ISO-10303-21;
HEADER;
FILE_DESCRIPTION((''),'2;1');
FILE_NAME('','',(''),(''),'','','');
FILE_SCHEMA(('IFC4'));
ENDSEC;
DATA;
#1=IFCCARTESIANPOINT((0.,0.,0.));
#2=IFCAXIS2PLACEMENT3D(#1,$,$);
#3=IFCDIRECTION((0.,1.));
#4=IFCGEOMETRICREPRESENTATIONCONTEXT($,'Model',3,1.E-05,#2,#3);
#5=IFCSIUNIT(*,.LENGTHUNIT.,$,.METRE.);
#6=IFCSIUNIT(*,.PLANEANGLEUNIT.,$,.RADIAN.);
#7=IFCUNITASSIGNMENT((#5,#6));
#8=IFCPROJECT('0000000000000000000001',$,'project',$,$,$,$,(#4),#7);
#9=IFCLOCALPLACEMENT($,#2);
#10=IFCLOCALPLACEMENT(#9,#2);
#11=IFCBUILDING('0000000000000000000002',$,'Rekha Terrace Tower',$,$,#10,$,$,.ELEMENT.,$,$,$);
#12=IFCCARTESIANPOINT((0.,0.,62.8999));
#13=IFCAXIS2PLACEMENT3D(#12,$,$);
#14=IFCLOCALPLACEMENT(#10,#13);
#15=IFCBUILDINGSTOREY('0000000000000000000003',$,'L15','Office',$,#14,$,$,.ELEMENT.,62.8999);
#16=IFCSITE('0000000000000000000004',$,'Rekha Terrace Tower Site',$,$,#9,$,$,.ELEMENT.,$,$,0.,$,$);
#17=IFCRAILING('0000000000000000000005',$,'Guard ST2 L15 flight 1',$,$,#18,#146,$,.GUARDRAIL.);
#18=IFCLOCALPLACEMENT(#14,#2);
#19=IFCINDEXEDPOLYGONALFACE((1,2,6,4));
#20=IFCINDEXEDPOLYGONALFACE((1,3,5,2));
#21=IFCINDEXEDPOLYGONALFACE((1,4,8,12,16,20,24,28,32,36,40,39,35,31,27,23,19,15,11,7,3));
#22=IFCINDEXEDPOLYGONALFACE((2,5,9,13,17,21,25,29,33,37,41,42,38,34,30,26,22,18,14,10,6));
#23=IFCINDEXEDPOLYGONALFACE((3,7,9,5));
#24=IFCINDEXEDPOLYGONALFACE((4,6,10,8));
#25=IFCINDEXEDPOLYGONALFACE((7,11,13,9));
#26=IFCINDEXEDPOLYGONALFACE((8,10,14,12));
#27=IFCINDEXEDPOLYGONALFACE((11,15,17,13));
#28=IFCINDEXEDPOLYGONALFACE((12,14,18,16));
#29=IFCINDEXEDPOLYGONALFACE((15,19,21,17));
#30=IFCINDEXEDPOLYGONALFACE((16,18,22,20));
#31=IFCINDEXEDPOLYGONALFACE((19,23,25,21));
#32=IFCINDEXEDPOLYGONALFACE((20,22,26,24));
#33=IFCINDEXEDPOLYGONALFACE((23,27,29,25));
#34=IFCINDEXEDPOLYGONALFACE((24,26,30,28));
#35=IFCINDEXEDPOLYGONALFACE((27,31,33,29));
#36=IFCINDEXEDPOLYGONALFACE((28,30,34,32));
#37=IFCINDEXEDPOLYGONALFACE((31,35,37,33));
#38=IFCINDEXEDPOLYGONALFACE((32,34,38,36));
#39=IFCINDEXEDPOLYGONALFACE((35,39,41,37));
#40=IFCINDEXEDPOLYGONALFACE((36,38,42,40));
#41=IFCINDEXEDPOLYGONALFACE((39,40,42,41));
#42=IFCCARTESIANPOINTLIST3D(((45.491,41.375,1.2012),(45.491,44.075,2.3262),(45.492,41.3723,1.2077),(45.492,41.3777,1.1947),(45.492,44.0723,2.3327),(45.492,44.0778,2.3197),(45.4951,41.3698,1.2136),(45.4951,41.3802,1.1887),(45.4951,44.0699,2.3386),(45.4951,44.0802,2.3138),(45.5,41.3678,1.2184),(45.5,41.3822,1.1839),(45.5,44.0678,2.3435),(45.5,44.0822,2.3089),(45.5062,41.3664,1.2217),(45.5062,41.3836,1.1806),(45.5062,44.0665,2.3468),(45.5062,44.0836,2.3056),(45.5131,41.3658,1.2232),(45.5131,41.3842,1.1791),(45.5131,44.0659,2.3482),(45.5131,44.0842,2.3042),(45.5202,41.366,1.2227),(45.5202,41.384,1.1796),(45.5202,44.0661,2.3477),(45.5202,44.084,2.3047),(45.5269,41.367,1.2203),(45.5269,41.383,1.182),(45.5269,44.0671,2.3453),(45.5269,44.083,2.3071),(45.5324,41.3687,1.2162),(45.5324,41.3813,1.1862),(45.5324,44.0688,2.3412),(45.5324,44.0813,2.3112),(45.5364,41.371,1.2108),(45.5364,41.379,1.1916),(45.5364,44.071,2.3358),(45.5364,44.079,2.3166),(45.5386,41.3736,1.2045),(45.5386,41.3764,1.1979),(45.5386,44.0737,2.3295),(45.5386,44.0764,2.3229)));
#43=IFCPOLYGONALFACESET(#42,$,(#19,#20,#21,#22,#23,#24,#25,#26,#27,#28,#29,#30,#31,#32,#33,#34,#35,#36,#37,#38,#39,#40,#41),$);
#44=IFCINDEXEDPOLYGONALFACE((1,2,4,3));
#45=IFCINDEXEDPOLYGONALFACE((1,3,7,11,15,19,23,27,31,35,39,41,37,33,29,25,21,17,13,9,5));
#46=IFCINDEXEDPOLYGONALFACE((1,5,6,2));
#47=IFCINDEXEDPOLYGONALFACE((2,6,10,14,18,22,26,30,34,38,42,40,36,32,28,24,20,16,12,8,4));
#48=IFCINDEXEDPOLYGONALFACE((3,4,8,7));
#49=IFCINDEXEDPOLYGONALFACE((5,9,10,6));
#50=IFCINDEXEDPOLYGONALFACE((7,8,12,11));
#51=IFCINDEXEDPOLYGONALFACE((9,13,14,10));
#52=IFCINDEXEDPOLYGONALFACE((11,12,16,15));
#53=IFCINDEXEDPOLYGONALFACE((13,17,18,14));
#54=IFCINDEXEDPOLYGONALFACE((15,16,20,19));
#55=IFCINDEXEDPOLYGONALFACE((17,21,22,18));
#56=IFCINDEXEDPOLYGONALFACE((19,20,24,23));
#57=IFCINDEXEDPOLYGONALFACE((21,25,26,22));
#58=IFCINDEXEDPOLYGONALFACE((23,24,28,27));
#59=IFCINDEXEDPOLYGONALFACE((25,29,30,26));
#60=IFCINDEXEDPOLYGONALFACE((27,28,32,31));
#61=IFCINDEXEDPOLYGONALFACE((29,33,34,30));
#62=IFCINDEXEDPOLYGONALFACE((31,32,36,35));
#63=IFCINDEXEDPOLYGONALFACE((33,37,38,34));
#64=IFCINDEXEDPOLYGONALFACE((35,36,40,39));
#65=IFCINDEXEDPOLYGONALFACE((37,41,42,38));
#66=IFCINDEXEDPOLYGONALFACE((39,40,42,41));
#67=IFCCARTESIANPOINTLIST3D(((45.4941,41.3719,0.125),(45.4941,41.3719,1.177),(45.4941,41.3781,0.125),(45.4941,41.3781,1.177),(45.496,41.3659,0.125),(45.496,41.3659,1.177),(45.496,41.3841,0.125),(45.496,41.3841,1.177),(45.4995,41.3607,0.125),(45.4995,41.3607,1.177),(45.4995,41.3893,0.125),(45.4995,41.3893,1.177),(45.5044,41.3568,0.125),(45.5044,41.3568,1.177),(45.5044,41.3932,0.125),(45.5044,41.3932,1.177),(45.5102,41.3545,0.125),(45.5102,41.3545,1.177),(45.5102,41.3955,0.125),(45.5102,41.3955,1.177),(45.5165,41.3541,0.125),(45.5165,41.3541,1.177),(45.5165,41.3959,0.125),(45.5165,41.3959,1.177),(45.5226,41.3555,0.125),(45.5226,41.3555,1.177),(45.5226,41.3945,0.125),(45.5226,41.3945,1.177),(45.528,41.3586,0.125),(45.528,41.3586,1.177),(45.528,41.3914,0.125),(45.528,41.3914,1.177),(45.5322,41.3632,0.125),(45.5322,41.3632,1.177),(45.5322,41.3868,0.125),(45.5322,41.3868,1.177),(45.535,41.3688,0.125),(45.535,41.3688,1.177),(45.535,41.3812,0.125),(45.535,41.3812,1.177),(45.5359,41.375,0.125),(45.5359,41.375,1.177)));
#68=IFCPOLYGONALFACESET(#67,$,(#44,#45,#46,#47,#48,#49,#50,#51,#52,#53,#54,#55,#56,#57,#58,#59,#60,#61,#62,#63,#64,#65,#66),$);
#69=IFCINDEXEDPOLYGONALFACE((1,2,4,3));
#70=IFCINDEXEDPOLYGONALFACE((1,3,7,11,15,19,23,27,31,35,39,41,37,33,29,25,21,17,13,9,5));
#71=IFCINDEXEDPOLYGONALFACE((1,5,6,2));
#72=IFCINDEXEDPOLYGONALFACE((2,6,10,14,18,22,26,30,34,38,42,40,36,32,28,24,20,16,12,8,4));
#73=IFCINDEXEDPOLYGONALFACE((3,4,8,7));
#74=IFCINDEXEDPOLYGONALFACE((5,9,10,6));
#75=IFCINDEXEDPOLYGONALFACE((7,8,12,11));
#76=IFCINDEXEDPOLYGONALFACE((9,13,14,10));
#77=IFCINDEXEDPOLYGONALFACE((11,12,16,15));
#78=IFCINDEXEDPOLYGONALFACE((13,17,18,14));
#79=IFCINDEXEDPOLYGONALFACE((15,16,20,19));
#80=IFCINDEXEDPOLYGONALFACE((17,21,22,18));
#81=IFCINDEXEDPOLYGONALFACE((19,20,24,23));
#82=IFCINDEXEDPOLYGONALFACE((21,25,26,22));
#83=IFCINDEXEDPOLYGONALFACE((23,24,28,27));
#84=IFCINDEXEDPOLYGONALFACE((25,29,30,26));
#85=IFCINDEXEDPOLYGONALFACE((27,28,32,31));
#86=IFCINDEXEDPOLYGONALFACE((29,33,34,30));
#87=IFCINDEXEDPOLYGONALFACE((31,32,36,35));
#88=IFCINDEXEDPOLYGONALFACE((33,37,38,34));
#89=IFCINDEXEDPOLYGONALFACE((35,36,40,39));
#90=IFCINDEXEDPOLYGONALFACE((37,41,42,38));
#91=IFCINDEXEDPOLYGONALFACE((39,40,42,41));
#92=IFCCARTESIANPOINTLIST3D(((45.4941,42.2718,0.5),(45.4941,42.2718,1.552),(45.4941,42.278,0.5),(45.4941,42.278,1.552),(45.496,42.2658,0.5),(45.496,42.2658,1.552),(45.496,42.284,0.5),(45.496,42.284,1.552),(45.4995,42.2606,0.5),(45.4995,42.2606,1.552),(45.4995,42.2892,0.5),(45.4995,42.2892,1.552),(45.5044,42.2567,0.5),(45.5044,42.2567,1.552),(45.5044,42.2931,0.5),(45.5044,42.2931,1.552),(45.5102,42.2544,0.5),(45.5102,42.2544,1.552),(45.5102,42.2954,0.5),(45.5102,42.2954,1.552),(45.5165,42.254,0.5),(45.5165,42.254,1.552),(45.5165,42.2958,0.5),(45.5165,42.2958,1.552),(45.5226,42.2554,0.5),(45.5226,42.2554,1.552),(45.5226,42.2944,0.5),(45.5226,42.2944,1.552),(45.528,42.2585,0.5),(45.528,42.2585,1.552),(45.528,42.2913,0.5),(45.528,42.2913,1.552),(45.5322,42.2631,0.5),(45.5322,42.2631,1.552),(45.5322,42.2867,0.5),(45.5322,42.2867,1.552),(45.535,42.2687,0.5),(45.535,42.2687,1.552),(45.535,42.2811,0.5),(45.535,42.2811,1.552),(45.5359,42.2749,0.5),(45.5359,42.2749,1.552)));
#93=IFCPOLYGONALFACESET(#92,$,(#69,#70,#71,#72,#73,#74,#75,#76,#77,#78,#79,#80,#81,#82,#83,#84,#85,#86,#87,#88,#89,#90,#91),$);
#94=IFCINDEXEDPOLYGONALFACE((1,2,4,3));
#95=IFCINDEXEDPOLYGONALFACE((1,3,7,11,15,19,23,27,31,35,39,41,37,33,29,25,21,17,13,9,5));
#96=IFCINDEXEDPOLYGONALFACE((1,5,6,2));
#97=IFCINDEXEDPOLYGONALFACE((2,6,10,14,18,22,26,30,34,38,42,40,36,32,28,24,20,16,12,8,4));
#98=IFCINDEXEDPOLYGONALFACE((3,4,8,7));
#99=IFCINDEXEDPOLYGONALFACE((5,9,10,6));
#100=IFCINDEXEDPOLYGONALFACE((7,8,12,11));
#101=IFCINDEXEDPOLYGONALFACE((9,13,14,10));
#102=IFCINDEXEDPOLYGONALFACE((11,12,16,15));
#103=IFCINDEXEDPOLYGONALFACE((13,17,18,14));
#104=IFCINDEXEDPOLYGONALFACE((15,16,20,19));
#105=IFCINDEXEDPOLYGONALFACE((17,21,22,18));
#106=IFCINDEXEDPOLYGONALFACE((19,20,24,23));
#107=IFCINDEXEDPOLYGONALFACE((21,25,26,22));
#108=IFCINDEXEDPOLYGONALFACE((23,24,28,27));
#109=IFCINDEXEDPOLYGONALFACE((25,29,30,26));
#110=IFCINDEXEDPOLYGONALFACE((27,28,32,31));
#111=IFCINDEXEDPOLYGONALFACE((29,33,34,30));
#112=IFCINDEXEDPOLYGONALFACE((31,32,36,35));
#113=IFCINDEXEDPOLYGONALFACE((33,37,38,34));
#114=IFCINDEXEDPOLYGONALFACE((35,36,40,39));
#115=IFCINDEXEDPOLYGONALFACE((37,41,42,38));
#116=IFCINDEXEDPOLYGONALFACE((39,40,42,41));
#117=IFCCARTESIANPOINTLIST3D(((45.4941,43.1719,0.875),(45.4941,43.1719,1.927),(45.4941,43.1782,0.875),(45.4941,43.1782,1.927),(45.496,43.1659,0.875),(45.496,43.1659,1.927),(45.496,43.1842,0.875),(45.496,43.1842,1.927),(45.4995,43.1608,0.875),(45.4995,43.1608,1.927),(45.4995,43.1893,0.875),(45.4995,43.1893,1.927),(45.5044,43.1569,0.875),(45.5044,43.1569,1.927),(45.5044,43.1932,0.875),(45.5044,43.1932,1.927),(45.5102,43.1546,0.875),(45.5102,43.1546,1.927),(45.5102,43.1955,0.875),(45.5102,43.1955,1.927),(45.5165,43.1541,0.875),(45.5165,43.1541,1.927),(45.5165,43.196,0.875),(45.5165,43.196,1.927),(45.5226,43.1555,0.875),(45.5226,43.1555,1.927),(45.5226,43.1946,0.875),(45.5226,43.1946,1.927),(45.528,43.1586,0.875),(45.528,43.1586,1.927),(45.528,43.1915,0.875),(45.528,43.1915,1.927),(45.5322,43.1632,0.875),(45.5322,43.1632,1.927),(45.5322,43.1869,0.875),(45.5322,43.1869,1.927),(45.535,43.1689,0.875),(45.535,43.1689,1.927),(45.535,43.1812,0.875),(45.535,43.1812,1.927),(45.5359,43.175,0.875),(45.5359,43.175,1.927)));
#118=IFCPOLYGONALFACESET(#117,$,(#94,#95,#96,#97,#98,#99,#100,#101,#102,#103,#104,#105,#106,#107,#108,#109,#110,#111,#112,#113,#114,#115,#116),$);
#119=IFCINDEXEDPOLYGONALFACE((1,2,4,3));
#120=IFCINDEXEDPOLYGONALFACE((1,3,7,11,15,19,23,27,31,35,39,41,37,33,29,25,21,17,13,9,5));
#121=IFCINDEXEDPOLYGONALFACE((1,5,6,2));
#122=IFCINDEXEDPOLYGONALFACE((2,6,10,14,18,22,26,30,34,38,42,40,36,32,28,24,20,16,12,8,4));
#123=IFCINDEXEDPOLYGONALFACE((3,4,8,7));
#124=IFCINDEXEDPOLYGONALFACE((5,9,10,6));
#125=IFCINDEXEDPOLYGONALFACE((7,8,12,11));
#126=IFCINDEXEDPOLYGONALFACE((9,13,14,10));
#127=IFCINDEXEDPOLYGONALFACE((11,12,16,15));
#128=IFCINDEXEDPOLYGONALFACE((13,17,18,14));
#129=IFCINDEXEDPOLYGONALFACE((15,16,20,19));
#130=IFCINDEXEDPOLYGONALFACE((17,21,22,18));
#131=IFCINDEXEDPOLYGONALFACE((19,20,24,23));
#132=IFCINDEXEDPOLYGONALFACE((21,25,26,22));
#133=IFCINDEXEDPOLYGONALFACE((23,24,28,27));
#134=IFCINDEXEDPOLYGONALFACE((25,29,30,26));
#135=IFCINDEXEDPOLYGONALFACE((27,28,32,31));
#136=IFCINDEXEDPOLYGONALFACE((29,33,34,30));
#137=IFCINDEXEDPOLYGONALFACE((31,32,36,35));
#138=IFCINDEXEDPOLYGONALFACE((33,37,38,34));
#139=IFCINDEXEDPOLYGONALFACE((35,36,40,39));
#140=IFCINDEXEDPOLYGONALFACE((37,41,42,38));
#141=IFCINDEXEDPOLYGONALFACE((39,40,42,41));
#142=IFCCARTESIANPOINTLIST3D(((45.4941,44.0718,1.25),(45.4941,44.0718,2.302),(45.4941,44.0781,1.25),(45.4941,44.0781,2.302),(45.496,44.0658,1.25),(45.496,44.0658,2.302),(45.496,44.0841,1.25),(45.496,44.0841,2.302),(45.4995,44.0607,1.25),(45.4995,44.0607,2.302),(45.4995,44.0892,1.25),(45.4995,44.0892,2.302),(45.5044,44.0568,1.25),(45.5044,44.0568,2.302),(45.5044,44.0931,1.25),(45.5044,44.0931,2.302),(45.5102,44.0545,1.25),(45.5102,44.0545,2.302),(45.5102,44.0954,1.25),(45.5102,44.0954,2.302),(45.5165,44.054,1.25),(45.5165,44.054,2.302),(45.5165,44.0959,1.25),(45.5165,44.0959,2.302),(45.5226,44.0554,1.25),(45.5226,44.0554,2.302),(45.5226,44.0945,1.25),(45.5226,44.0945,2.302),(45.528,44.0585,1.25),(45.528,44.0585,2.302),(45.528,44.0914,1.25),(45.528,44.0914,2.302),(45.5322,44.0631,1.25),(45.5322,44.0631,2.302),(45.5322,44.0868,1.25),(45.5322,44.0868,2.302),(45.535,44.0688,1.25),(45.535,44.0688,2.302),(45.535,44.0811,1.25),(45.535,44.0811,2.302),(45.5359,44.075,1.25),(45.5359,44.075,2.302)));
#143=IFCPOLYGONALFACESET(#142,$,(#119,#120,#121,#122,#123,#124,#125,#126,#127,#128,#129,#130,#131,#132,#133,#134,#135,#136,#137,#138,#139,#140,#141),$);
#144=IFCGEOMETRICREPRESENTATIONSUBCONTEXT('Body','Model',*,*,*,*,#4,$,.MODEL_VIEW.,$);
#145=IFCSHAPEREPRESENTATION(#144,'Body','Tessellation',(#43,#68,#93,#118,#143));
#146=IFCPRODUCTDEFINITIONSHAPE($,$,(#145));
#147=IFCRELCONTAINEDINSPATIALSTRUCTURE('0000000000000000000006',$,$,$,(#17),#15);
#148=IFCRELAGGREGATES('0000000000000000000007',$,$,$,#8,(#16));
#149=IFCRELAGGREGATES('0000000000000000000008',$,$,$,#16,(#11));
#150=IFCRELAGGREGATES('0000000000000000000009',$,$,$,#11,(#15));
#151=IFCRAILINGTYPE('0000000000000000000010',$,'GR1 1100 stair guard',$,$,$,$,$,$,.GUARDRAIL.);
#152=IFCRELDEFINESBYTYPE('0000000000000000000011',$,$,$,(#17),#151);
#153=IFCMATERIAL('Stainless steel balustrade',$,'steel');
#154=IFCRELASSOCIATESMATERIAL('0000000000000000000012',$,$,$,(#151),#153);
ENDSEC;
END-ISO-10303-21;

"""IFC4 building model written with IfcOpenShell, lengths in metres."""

from ifc_helpers import new_model, si_unit, direction, frame, origin, origin_2d, place, context, subcontext, project, spatial, circle, extrude, material, type_object, element, save


model = new_model("IFC4")

# Units and contexts
model_context = context("Model", 3, precision=1e-05, world=origin(), true_north=direction((0.0, 1.0)))
body_context = subcontext(model_context, "Body", "Model", "MODEL_VIEW")
ifc_project = project(units=[si_unit("LENGTHUNIT", "METRE"), si_unit("PLANEANGLEUNIT", "RADIAN")], contexts=[model_context])

# Site, building, storey
site_placement = place(None, origin())
site = spatial("IfcSite", under=ifc_project, at=site_placement, Name="Rekha Terrace Tower Site", CompositionType="ELEMENT", RefElevation=0.0)
building_placement = place(site_placement, origin())
building = spatial("IfcBuilding", under=site, at=building_placement, Name="Rekha Terrace Tower", CompositionType="ELEMENT")
storey_placement = place(building_placement, frame((0.0, 0.0, 62.8999)))
storey = spatial("IfcBuildingStorey", under=building, at=storey_placement, Name="L15", Description="Office", CompositionType="ELEMENT", Elevation=62.8999)

# Railing
ifc_material_1 = material(Name="Stainless steel balustrade", Category="steel")
railing_type_1 = type_object("IfcRailingType", Name="GR1 1100 stair guard", PredefinedType="GUARDRAIL", material=ifc_material_1)
railing_1_placement = place(storey_placement, frame((45.5149, 41.375, 0.125)))
element("IfcRailing", 1, at=railing_1_placement, inside=storey, type_object=railing_type_1, Name="Guard ST2 L15 flight 1", PredefinedType="GUARDRAIL", context=body_context, shape_type="SweptSolid", body=[
    extrude(circle(Radius=0.0239, at=origin_2d()), frame((0.0, 0.0, 1.0762), z_axis=(0.0, 0.923074, 0.384621), x_axis=(-1.0, 0.0, 0.0)), (0.0, 0.0, 1.0), 2.925),
    extrude(circle(Radius=0.021, at=origin_2d()), origin(), (0.0, 0.0, 1.0), 1.052),
    extrude(circle(Radius=0.021, at=origin_2d()), frame((0.0, 0.8999, 0.375)), (0.0, 0.0, 1.0), 1.052),
    extrude(circle(Radius=0.021, at=origin_2d()), frame((0.0, 1.8, 0.75)), (0.0, 0.0, 1.0), 1.052),
    extrude(circle(Radius=0.021, at=origin_2d()), frame((0.0, 2.7, 1.125)), (0.0, 0.0, 1.0), 1.052),
])

save(model, "model.ifc")
